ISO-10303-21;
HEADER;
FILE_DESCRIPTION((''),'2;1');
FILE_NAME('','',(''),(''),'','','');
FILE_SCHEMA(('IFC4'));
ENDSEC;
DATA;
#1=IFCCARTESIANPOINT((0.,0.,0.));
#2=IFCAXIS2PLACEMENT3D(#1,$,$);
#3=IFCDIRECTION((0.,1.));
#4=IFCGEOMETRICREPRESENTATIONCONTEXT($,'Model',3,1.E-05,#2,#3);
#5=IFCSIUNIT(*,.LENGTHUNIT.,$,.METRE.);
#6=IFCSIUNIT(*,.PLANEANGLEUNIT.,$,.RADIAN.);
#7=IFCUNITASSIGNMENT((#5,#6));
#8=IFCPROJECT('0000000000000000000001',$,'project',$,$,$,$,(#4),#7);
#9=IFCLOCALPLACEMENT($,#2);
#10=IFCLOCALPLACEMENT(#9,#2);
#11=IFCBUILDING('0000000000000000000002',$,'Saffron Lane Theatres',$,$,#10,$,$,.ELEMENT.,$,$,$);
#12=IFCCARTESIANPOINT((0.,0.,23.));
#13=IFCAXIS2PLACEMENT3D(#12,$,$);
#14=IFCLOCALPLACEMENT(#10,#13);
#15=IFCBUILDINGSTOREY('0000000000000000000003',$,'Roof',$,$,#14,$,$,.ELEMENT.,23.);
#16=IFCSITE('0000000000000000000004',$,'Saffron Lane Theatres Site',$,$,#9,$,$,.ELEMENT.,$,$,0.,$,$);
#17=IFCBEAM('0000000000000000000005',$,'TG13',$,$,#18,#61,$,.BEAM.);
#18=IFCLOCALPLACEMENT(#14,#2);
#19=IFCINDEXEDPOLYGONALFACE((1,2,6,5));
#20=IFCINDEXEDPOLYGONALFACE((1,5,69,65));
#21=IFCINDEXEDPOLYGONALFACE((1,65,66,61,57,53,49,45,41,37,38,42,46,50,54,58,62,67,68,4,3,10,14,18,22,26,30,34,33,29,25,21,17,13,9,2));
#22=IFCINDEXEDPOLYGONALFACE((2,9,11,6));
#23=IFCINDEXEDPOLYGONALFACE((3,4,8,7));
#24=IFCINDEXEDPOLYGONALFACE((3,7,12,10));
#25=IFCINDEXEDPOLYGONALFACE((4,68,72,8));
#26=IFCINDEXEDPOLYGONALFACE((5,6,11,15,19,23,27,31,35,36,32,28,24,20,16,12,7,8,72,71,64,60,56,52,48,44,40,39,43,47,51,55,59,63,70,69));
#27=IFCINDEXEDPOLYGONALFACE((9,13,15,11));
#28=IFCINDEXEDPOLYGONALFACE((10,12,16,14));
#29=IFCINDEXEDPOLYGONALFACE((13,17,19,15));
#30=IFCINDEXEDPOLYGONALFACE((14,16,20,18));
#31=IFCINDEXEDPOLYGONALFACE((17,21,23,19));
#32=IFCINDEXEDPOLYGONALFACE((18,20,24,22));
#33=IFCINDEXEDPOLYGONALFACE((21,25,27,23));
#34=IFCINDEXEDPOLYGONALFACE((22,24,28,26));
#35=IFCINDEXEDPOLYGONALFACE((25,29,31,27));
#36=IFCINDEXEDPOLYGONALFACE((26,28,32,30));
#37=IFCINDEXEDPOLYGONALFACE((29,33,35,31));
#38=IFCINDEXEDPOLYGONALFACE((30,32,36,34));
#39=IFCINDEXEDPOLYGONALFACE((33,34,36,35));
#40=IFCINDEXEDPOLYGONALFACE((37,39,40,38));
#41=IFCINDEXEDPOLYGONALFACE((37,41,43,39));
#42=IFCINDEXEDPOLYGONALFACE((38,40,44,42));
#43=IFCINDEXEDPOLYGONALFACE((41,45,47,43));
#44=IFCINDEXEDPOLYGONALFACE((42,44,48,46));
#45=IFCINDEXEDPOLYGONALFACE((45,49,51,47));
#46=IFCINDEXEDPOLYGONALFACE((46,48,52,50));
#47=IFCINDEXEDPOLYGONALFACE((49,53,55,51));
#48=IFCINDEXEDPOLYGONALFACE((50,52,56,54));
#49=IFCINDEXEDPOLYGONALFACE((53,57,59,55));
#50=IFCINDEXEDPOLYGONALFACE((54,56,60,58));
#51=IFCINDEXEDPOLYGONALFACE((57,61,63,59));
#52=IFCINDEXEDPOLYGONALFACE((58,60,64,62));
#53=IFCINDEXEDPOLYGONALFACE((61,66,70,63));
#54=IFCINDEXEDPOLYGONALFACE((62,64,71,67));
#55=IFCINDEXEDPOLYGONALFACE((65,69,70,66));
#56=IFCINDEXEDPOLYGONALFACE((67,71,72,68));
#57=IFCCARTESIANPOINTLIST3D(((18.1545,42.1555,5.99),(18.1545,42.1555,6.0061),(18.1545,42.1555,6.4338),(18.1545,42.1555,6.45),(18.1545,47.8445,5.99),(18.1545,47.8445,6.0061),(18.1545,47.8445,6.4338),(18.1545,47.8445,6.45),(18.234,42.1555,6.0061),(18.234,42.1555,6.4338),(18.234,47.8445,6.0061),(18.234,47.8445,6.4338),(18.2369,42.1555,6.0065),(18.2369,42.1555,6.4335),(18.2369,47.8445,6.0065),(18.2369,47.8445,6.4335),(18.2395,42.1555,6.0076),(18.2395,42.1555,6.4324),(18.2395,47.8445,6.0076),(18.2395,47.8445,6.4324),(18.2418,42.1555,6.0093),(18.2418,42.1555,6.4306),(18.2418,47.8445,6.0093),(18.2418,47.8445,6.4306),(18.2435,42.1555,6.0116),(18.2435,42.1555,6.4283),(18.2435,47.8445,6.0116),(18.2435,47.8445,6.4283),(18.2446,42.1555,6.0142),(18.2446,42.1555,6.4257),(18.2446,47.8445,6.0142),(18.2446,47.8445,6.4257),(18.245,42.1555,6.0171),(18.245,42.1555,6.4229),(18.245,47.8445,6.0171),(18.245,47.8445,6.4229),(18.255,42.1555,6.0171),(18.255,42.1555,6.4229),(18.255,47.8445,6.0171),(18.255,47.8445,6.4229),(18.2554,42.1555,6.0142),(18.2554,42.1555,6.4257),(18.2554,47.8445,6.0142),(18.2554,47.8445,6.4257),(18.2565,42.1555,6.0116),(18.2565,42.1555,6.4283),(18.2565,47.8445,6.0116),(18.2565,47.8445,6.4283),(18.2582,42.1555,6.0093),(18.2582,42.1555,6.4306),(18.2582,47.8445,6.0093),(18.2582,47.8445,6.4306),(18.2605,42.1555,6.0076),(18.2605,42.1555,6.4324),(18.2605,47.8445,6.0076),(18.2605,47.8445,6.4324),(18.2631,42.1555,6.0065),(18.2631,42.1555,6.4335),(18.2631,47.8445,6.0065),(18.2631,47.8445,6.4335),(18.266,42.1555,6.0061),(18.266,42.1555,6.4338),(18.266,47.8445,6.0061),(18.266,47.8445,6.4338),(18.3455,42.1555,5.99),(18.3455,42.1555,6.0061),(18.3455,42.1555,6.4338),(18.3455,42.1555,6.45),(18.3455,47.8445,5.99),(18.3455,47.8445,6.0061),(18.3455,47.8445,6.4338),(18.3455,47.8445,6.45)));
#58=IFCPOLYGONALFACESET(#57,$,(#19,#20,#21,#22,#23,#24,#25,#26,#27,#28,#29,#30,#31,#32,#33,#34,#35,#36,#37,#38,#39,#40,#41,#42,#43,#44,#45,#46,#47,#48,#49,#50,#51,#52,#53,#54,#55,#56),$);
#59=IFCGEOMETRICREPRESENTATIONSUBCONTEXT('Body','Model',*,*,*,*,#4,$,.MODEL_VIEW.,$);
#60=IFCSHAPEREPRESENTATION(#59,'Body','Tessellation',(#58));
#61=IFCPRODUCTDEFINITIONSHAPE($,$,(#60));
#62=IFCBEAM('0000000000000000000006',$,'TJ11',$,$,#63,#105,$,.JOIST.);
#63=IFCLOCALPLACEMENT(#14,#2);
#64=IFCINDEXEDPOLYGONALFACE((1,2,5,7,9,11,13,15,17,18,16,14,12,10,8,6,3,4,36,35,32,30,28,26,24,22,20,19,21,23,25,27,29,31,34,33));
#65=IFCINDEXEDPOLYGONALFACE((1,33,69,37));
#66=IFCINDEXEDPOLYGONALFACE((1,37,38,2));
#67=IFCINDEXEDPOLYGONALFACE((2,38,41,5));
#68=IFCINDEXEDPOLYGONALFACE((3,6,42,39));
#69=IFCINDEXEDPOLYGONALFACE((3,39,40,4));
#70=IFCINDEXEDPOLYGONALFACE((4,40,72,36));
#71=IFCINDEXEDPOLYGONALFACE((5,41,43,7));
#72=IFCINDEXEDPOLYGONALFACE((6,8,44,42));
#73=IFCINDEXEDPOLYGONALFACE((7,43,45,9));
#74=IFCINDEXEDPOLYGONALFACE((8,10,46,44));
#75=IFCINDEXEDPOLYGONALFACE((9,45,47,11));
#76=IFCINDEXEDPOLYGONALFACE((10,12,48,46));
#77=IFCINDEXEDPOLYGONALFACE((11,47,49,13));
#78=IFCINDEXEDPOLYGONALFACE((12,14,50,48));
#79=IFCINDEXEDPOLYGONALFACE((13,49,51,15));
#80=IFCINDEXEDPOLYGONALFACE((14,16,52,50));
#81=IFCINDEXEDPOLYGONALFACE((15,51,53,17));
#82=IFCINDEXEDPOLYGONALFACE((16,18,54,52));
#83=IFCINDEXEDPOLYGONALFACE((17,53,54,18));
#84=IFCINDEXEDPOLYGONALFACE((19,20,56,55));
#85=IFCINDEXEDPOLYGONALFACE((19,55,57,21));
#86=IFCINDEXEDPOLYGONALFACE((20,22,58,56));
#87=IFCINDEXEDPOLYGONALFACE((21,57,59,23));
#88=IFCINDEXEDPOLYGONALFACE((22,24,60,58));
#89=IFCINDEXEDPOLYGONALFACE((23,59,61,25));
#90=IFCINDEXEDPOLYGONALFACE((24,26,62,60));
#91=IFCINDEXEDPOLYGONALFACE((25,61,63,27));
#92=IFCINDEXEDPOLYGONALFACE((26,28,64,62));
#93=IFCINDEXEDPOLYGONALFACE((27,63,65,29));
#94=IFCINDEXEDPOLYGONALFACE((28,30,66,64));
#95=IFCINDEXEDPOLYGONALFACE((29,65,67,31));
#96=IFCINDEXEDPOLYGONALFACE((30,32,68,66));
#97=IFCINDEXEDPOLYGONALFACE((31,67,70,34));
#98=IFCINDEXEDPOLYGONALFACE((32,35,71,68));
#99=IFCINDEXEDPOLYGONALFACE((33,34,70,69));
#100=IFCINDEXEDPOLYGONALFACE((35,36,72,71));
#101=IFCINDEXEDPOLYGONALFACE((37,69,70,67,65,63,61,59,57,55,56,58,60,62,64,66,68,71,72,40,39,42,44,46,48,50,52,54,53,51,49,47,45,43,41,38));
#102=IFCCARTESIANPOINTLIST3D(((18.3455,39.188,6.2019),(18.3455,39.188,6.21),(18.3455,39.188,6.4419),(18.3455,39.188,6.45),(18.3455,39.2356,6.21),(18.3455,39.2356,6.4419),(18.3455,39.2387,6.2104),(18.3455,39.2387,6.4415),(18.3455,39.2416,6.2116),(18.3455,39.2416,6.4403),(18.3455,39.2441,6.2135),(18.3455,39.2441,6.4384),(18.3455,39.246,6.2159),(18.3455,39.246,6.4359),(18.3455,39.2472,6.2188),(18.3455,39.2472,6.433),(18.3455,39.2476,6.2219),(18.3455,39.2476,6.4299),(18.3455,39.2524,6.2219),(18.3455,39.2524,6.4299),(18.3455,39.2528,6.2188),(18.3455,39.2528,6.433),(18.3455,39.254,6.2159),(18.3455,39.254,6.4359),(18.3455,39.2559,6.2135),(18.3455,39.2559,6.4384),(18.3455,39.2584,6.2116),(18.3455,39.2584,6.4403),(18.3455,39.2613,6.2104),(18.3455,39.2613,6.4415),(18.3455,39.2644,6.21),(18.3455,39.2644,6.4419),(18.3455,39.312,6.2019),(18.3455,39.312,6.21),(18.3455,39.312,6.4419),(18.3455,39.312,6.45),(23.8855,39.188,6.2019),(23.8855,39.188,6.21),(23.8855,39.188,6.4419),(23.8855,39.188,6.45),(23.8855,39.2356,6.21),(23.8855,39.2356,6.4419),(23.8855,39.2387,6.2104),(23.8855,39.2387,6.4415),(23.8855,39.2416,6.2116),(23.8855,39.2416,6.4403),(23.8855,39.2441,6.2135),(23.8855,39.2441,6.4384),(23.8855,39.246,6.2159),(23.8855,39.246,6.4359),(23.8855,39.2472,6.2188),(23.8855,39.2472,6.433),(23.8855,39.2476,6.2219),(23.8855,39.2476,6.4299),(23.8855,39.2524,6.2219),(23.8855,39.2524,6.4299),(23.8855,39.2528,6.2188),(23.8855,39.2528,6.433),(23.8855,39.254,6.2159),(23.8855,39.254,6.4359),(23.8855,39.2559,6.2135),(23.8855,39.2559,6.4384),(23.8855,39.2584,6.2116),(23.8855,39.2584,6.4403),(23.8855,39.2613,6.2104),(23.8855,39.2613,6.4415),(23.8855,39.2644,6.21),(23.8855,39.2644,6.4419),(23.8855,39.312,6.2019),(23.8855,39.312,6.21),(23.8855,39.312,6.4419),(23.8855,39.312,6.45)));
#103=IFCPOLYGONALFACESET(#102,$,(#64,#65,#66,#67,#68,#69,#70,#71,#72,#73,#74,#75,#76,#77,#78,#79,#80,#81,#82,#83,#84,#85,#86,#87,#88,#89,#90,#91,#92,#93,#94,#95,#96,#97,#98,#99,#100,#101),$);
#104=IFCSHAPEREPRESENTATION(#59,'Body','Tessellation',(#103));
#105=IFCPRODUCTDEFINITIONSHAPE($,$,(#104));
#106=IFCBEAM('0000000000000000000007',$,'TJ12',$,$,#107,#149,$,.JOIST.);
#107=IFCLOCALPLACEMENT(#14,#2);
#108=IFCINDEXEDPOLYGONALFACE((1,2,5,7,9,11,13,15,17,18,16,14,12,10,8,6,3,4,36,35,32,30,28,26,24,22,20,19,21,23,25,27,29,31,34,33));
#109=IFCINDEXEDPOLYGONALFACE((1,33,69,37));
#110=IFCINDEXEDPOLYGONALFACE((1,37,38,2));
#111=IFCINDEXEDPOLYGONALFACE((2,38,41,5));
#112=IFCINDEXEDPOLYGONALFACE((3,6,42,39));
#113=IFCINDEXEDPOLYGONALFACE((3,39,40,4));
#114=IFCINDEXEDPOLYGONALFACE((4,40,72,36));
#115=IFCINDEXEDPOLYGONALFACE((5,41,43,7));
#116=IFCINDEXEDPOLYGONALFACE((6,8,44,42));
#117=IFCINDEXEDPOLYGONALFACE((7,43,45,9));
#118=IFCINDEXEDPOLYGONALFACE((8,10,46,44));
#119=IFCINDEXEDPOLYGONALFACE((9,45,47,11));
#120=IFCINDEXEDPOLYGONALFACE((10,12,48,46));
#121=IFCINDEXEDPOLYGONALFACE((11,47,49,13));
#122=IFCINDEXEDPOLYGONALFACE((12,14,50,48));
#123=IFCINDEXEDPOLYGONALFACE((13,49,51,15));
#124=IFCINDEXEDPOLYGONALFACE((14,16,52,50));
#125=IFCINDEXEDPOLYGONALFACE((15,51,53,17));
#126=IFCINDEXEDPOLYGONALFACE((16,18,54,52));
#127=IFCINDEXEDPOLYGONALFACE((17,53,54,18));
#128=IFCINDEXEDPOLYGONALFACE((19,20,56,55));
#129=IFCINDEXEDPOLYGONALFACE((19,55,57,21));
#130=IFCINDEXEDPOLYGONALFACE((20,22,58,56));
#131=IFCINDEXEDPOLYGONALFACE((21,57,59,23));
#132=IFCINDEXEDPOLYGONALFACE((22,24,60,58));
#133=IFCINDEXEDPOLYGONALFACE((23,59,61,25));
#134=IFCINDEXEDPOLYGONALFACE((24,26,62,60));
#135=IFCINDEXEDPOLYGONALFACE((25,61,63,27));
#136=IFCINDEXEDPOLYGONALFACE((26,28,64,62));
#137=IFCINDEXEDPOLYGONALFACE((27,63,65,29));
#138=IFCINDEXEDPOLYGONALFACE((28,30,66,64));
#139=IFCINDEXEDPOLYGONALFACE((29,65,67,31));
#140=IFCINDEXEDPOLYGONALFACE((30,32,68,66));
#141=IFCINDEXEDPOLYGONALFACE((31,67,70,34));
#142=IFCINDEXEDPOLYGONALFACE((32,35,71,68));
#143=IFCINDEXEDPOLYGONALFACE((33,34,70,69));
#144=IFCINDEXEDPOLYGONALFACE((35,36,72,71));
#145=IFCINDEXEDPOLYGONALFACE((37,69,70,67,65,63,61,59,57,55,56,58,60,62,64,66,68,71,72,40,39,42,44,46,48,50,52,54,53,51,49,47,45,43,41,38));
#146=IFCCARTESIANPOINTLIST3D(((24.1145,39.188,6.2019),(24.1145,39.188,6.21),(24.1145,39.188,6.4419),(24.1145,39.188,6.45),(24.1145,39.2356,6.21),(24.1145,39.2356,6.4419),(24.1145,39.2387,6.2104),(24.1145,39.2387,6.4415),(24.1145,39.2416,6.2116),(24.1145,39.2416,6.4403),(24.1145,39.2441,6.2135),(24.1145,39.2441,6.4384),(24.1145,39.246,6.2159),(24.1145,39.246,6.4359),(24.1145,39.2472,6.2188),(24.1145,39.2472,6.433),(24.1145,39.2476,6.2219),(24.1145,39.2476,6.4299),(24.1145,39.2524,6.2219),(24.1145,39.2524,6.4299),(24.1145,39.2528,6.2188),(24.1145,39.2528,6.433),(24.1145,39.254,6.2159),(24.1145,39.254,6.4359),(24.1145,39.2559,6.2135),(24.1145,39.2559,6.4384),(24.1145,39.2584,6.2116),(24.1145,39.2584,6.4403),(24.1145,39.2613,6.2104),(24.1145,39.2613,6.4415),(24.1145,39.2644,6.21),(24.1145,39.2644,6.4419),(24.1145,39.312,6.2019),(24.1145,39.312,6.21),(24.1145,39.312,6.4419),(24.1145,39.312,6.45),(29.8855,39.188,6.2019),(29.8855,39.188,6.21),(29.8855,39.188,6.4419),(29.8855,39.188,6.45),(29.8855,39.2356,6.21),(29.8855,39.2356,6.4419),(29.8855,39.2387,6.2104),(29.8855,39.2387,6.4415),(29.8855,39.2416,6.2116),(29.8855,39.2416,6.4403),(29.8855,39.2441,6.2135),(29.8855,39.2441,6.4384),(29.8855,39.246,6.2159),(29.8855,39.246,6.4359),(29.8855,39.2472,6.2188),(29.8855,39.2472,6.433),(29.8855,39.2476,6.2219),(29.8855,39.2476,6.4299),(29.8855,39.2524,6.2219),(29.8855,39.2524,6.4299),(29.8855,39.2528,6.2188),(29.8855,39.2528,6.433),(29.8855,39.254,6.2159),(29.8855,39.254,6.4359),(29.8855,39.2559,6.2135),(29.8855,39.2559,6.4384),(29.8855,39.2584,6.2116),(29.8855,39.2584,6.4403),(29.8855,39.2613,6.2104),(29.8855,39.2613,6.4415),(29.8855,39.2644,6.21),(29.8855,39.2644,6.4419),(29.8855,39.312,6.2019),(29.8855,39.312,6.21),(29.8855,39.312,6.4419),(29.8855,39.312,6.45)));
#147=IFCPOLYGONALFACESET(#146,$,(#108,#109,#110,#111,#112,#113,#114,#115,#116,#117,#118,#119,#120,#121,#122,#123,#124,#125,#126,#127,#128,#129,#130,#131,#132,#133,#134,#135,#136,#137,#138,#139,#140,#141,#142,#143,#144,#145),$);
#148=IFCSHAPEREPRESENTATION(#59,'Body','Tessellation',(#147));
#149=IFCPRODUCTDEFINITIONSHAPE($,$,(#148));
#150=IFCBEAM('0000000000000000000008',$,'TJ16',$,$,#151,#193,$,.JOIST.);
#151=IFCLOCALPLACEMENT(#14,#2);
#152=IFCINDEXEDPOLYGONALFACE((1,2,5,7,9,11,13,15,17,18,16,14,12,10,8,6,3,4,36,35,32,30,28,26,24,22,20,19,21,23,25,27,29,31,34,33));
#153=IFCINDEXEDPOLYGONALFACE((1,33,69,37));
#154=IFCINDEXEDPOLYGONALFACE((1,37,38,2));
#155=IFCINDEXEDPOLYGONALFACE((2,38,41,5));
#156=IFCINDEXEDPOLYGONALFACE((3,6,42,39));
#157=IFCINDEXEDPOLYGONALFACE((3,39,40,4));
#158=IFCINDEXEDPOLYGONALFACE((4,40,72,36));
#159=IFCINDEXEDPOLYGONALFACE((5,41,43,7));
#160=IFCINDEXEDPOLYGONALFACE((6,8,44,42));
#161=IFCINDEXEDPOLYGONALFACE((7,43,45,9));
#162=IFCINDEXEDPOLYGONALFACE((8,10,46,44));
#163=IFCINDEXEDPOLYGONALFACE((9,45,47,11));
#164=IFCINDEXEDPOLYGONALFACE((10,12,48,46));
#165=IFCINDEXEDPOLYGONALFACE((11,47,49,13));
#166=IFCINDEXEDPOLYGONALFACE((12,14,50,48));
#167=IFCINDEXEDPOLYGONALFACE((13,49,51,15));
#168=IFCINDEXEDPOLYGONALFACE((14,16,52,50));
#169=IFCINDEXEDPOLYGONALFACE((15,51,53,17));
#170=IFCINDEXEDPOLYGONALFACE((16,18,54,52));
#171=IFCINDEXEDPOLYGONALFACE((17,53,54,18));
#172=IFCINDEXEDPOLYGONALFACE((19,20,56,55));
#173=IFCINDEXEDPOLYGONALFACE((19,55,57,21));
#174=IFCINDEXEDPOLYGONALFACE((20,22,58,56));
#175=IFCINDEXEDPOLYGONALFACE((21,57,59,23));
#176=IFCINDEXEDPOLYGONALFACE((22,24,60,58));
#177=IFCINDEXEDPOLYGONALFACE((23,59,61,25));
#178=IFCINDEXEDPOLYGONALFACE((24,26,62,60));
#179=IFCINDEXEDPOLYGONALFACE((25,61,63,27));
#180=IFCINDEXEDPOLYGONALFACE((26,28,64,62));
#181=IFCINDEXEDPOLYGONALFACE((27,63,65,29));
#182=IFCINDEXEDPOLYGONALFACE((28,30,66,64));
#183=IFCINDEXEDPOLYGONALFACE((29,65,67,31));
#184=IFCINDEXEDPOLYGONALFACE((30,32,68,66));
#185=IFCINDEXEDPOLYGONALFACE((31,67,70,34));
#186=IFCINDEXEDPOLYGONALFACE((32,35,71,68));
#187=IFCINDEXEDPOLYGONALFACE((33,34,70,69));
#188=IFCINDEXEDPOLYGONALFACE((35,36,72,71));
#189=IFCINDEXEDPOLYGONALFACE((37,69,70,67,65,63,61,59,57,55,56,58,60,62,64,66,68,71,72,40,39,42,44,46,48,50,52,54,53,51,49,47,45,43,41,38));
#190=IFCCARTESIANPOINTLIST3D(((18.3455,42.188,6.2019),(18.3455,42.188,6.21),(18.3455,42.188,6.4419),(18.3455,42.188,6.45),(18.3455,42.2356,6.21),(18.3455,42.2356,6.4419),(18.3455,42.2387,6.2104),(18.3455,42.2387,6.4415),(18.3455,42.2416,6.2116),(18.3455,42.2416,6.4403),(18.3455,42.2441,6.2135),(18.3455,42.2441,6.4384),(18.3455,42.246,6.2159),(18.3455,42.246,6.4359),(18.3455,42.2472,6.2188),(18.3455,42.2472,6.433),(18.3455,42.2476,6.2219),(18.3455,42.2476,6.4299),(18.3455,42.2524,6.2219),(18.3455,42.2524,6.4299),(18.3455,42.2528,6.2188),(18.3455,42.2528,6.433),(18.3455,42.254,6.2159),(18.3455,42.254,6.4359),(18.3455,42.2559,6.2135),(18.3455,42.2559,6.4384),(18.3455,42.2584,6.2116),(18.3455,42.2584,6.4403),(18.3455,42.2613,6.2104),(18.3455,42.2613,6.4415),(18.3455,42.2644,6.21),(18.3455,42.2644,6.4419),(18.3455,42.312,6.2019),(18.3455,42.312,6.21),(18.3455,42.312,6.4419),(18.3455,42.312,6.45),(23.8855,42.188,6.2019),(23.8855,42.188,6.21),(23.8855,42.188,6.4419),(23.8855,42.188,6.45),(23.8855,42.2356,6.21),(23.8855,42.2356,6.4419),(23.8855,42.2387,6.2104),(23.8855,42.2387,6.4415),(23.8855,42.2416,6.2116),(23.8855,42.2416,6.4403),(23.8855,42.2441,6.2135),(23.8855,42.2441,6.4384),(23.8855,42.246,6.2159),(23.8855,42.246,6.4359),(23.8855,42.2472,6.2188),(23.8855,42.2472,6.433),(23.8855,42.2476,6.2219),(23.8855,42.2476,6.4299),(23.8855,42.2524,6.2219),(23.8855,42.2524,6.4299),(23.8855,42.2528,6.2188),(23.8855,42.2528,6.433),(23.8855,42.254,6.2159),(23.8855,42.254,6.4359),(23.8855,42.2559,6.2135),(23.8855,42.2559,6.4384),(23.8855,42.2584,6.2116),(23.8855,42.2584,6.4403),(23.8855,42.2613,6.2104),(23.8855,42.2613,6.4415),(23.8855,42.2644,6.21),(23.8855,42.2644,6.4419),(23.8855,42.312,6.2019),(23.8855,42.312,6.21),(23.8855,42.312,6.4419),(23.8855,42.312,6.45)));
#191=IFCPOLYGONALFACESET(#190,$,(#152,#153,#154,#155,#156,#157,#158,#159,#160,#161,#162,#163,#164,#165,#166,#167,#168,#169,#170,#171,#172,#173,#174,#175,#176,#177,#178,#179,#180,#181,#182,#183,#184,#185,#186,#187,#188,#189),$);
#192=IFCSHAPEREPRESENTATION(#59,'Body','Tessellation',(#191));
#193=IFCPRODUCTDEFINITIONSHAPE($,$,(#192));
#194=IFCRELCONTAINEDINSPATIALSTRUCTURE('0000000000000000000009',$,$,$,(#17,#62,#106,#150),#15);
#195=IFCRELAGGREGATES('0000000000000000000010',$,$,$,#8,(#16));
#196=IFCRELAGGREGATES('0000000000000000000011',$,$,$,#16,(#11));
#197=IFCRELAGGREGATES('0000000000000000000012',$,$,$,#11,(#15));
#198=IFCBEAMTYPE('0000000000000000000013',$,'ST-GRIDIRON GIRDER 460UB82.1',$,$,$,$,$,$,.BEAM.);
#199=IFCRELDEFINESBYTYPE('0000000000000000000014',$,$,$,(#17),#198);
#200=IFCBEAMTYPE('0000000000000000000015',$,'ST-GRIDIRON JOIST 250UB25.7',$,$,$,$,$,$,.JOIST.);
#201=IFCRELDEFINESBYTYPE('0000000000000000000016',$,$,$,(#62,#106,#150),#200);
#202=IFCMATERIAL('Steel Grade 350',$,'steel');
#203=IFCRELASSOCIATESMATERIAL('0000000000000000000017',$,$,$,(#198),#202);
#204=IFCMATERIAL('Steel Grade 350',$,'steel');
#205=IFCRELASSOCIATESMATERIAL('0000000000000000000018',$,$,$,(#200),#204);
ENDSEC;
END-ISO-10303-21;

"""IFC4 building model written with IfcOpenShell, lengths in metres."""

from ifc_helpers import new_model, si_unit, direction, frame, origin, origin_2d, place, context, subcontext, project, spatial, i_section, extrude, material, material_profile, profile_set, type_object, element, save


model = new_model("IFC4")

# Units and contexts
model_context = context("Model", 3, precision=1e-05, world=origin(), true_north=direction((0.0, 1.0)))
body_context = subcontext(model_context, "Body", "Model", "MODEL_VIEW")
ifc_project = project(units=[si_unit("LENGTHUNIT", "METRE"), si_unit("PLANEANGLEUNIT", "RADIAN")], contexts=[model_context])

# Site, building, storey
site_placement = place(None, origin())
site = spatial("IfcSite", under=ifc_project, at=site_placement, Name="Saffron Lane Theatres Site", CompositionType="ELEMENT", RefElevation=0.0)
building_placement = place(site_placement, origin())
building = spatial("IfcBuilding", under=site, at=building_placement, Name="Saffron Lane Theatres", CompositionType="ELEMENT")
storey_placement = place(building_placement, frame((0.0, 0.0, 23.0)))
storey = spatial("IfcBuildingStorey", under=building, at=storey_placement, Name="Roof", CompositionType="ELEMENT", Elevation=23.0)

# Beams
ifc_material_1 = material(Name="Steel Grade 350", Category="steel")
ifc_material_profile_1 = material_profile(ifc_material_1, i_section(OverallWidth=0.1909, OverallDepth=0.46, WebThickness=0.01, FlangeThickness=0.0161, FilletRadius=0.011, at=origin_2d()))
ifc_profile_set_1 = profile_set([ifc_material_profile_1], Name="Steel Grade 350")
beam_type_1 = type_object("IfcBeamType", Name="ST-GRIDIRON GIRDER 460UB82.1", PredefinedType="BEAM", material=ifc_profile_set_1)
beam_1_placement = place(storey_placement, frame((18.25, 42.1555, 6.22), z_axis=(0.0, 1.0, 0.0), x_axis=(-1.0, 0.0, 0.0)))
element("IfcBeam", 1, at=beam_1_placement, inside=storey, type_object=beam_type_1, Name="TG13", PredefinedType="BEAM", context=body_context, shape_type="SweptSolid", body=[
    extrude(i_section(OverallWidth=0.1909, OverallDepth=0.46, WebThickness=0.01, FlangeThickness=0.0161, FilletRadius=0.011, at=origin_2d()), origin(), (0.0, 0.0, 1.0), 5.689),
])
ifc_material_2 = material(Name="Steel Grade 350", Category="steel")
ifc_material_profile_2 = material_profile(ifc_material_2, i_section(OverallWidth=0.124, OverallDepth=0.248, WebThickness=0.0049, FlangeThickness=0.0081, FilletRadius=0.012, at=origin_2d()))
ifc_profile_set_2 = profile_set([ifc_material_profile_2], Name="Steel Grade 350")
beam_type_2 = type_object("IfcBeamType", Name="ST-GRIDIRON JOIST 250UB25.7", PredefinedType="JOIST", material=ifc_profile_set_2)
beam_2_placement = place(storey_placement, frame((18.3455, 39.25, 6.3259), z_axis=(1.0, 0.0, 0.0), x_axis=(0.0, 1.0, 0.0)))
element("IfcBeam", 2, at=beam_2_placement, inside=storey, type_object=beam_type_2, Name="TJ11", PredefinedType="JOIST", context=body_context, shape_type="SweptSolid", body=[
    extrude(i_section(OverallWidth=0.124, OverallDepth=0.248, WebThickness=0.0049, FlangeThickness=0.0081, FilletRadius=0.012, at=origin_2d()), origin(), (0.0, 0.0, 1.0), 5.54),
])
beam_3_placement = place(storey_placement, frame((24.1145, 39.25, 6.3259), z_axis=(1.0, 0.0, 0.0), x_axis=(0.0, 1.0, 0.0)))
element("IfcBeam", 3, at=beam_3_placement, inside=storey, type_object=beam_type_2, Name="TJ12", PredefinedType="JOIST", context=body_context, shape_type="SweptSolid", body=[
    extrude(i_section(OverallWidth=0.124, OverallDepth=0.248, WebThickness=0.0049, FlangeThickness=0.0081, FilletRadius=0.012, at=origin_2d()), origin(), (0.0, 0.0, 1.0), 5.771),
])
beam_4_placement = place(storey_placement, frame((18.3455, 42.25, 6.3259), z_axis=(1.0, 0.0, 0.0), x_axis=(0.0, 1.0, 0.0)))
element("IfcBeam", 4, at=beam_4_placement, inside=storey, type_object=beam_type_2, Name="TJ16", PredefinedType="JOIST", context=body_context, shape_type="SweptSolid", body=[
    extrude(i_section(OverallWidth=0.124, OverallDepth=0.248, WebThickness=0.0049, FlangeThickness=0.0081, FilletRadius=0.012, at=origin_2d()), origin(), (0.0, 0.0, 1.0), 5.54),
])

save(model, "model.ifc")
